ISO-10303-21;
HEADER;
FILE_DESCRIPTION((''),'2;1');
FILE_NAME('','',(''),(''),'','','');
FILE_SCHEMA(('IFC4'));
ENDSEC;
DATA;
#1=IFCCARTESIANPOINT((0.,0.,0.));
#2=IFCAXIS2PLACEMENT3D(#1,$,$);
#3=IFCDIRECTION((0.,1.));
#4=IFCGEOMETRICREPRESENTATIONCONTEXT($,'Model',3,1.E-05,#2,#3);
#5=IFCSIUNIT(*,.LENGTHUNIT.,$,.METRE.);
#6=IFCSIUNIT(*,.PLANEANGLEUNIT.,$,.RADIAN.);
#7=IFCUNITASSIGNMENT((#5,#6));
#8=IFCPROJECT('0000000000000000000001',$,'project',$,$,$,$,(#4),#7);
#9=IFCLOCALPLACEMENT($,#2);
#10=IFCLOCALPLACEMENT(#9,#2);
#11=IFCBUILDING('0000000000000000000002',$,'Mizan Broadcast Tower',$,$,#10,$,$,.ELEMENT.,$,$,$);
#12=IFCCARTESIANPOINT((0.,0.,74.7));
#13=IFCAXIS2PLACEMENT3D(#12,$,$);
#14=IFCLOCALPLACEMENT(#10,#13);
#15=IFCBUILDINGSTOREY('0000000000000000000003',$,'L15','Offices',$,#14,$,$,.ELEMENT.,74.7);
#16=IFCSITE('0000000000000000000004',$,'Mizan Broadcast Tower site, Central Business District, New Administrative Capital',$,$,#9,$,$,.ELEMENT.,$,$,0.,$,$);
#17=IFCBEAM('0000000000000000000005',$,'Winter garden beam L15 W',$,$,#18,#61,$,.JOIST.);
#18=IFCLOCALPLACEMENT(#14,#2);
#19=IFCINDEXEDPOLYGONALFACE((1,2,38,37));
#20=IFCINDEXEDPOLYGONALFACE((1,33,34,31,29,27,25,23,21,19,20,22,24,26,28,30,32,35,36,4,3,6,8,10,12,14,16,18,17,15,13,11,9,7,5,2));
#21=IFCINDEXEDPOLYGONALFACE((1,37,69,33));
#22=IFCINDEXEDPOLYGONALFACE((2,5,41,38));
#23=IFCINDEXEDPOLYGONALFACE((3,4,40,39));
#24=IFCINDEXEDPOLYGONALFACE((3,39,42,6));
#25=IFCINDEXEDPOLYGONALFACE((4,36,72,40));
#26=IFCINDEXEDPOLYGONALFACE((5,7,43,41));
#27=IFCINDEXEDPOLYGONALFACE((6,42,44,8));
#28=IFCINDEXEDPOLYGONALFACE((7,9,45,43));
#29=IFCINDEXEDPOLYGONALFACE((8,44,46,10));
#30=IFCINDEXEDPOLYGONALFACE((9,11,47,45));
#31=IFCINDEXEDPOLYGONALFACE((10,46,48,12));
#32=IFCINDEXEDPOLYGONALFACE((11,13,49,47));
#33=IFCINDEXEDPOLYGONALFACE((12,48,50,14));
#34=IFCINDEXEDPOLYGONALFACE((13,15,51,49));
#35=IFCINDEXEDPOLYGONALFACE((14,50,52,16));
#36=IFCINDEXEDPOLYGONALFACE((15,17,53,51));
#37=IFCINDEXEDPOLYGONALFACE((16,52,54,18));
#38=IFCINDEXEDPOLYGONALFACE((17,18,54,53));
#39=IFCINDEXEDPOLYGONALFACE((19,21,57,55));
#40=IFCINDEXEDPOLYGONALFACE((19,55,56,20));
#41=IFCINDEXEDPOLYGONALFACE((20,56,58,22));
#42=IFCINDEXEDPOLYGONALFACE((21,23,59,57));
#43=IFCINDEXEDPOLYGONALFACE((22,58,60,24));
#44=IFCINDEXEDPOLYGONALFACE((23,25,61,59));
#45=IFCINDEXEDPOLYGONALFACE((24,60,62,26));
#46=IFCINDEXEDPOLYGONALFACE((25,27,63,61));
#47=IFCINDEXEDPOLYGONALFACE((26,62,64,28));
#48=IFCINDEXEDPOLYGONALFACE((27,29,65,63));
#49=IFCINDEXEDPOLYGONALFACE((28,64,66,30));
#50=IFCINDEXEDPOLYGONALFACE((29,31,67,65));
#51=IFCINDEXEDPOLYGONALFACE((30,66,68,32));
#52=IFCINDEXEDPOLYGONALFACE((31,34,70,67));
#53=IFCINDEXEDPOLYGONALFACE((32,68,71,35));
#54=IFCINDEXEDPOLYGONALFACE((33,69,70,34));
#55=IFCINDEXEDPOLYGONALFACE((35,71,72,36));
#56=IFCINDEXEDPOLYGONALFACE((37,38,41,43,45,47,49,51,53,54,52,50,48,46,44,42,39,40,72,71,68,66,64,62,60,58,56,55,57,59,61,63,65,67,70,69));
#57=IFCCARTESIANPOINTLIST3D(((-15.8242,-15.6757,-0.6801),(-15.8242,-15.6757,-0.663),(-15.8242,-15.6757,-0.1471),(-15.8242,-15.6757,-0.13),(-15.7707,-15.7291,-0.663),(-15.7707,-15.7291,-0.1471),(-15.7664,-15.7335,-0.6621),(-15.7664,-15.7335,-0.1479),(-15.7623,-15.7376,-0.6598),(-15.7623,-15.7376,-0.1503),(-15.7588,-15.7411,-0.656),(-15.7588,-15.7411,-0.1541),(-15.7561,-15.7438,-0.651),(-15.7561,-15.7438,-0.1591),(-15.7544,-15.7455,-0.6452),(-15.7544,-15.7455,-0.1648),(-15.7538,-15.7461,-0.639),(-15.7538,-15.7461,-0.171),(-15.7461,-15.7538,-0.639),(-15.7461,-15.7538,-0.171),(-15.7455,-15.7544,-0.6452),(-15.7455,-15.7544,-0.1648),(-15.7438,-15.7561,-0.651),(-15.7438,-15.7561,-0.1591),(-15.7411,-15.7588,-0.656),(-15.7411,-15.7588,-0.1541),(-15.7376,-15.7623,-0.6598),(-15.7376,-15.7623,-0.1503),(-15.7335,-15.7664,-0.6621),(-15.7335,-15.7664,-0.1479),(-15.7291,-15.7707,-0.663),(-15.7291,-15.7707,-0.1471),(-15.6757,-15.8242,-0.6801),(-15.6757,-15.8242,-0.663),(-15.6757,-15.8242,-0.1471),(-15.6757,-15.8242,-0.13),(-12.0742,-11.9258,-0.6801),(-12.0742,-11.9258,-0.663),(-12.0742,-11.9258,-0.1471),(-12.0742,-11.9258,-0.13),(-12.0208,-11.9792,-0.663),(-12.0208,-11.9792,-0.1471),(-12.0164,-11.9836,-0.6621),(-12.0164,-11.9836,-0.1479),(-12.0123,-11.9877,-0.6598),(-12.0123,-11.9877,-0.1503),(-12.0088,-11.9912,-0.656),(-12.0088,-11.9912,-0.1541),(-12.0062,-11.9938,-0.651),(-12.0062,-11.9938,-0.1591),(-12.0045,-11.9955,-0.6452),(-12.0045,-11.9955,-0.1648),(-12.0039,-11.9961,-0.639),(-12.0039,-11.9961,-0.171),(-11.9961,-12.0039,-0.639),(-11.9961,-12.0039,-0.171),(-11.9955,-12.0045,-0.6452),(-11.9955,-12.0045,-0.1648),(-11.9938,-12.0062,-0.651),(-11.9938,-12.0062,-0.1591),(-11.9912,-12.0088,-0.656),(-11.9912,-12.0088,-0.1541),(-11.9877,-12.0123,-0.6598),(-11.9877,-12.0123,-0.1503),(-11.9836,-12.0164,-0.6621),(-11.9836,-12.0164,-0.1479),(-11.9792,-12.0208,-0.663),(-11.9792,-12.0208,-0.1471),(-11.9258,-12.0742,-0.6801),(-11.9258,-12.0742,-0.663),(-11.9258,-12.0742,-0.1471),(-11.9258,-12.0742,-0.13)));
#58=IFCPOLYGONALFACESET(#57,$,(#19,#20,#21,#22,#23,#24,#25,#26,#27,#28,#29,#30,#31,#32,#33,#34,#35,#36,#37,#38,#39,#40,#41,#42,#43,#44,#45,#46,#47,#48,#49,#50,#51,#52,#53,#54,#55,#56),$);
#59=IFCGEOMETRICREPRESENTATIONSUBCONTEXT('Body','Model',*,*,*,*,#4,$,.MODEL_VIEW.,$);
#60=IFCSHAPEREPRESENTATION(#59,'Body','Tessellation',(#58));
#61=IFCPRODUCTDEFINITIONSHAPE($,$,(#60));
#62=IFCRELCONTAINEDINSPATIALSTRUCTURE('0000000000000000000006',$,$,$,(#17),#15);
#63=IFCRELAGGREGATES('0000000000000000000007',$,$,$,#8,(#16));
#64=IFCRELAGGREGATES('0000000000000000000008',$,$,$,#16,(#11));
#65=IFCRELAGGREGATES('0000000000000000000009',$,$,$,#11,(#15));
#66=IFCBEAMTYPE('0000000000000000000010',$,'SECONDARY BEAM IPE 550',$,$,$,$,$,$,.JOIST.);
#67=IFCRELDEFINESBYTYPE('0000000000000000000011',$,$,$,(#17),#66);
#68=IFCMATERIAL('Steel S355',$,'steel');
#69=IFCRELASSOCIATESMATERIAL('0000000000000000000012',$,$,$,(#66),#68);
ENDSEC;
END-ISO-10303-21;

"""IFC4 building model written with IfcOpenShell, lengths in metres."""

from ifc_helpers import new_model, si_unit, direction, frame, origin, origin_2d, place, context, subcontext, project, spatial, i_section, extrude, material, material_profile, profile_set, type_object, element, save


model = new_model("IFC4")

# Units and contexts
model_context = context("Model", 3, precision=1e-05, world=origin(), true_north=direction((0.0, 1.0)))
body_context = subcontext(model_context, "Body", "Model", "MODEL_VIEW")
ifc_project = project(units=[si_unit("LENGTHUNIT", "METRE"), si_unit("PLANEANGLEUNIT", "RADIAN")], contexts=[model_context])

# Site, building, storey
site_placement = place(None, origin())
site = spatial("IfcSite", under=ifc_project, at=site_placement, Name="Mizan Broadcast Tower site, Central Business District, New Administrative Capital", CompositionType="ELEMENT", RefElevation=0.0)
building_placement = place(site_placement, origin())
building = spatial("IfcBuilding", under=site, at=building_placement, Name="Mizan Broadcast Tower", CompositionType="ELEMENT")
storey_placement = place(building_placement, frame((0.0, 0.0, 74.7)))
storey = spatial("IfcBuildingStorey", under=building, at=storey_placement, Name="L15", Description="Offices", CompositionType="ELEMENT", Elevation=74.7)

# Beam
ifc_material_1 = material(Name="Steel S355", Category="steel")
ifc_material_profile_1 = material_profile(ifc_material_1, i_section(OverallWidth=0.21, OverallDepth=0.55, WebThickness=0.011, FlangeThickness=0.0171, FilletRadius=0.0239, at=origin_2d()), Name="IPE 550")
ifc_profile_set_1 = profile_set([ifc_material_profile_1], Name="Steel S355")
beam_type_1 = type_object("IfcBeamType", Name="SECONDARY BEAM IPE 550", PredefinedType="JOIST", material=ifc_profile_set_1)
beam_1_placement = place(storey_placement, frame((-12.0, -12.0, -0.405), z_axis=(-0.707107, -0.707107, 0.0), x_axis=(0.707107, -0.707107, 0.0)))
element("IfcBeam", 1, at=beam_1_placement, inside=storey, type_object=beam_type_1, Name="Winter garden beam L15 W", PredefinedType="JOIST", context=body_context, shape_type="SweptSolid", body=[
    extrude(i_section(OverallWidth=0.21, OverallDepth=0.55, WebThickness=0.011, FlangeThickness=0.0171, FilletRadius=0.0239, at=origin_2d()), origin(), (0.0, 0.0, 1.0), 5.3032),
])

save(model, "model.ifc")
